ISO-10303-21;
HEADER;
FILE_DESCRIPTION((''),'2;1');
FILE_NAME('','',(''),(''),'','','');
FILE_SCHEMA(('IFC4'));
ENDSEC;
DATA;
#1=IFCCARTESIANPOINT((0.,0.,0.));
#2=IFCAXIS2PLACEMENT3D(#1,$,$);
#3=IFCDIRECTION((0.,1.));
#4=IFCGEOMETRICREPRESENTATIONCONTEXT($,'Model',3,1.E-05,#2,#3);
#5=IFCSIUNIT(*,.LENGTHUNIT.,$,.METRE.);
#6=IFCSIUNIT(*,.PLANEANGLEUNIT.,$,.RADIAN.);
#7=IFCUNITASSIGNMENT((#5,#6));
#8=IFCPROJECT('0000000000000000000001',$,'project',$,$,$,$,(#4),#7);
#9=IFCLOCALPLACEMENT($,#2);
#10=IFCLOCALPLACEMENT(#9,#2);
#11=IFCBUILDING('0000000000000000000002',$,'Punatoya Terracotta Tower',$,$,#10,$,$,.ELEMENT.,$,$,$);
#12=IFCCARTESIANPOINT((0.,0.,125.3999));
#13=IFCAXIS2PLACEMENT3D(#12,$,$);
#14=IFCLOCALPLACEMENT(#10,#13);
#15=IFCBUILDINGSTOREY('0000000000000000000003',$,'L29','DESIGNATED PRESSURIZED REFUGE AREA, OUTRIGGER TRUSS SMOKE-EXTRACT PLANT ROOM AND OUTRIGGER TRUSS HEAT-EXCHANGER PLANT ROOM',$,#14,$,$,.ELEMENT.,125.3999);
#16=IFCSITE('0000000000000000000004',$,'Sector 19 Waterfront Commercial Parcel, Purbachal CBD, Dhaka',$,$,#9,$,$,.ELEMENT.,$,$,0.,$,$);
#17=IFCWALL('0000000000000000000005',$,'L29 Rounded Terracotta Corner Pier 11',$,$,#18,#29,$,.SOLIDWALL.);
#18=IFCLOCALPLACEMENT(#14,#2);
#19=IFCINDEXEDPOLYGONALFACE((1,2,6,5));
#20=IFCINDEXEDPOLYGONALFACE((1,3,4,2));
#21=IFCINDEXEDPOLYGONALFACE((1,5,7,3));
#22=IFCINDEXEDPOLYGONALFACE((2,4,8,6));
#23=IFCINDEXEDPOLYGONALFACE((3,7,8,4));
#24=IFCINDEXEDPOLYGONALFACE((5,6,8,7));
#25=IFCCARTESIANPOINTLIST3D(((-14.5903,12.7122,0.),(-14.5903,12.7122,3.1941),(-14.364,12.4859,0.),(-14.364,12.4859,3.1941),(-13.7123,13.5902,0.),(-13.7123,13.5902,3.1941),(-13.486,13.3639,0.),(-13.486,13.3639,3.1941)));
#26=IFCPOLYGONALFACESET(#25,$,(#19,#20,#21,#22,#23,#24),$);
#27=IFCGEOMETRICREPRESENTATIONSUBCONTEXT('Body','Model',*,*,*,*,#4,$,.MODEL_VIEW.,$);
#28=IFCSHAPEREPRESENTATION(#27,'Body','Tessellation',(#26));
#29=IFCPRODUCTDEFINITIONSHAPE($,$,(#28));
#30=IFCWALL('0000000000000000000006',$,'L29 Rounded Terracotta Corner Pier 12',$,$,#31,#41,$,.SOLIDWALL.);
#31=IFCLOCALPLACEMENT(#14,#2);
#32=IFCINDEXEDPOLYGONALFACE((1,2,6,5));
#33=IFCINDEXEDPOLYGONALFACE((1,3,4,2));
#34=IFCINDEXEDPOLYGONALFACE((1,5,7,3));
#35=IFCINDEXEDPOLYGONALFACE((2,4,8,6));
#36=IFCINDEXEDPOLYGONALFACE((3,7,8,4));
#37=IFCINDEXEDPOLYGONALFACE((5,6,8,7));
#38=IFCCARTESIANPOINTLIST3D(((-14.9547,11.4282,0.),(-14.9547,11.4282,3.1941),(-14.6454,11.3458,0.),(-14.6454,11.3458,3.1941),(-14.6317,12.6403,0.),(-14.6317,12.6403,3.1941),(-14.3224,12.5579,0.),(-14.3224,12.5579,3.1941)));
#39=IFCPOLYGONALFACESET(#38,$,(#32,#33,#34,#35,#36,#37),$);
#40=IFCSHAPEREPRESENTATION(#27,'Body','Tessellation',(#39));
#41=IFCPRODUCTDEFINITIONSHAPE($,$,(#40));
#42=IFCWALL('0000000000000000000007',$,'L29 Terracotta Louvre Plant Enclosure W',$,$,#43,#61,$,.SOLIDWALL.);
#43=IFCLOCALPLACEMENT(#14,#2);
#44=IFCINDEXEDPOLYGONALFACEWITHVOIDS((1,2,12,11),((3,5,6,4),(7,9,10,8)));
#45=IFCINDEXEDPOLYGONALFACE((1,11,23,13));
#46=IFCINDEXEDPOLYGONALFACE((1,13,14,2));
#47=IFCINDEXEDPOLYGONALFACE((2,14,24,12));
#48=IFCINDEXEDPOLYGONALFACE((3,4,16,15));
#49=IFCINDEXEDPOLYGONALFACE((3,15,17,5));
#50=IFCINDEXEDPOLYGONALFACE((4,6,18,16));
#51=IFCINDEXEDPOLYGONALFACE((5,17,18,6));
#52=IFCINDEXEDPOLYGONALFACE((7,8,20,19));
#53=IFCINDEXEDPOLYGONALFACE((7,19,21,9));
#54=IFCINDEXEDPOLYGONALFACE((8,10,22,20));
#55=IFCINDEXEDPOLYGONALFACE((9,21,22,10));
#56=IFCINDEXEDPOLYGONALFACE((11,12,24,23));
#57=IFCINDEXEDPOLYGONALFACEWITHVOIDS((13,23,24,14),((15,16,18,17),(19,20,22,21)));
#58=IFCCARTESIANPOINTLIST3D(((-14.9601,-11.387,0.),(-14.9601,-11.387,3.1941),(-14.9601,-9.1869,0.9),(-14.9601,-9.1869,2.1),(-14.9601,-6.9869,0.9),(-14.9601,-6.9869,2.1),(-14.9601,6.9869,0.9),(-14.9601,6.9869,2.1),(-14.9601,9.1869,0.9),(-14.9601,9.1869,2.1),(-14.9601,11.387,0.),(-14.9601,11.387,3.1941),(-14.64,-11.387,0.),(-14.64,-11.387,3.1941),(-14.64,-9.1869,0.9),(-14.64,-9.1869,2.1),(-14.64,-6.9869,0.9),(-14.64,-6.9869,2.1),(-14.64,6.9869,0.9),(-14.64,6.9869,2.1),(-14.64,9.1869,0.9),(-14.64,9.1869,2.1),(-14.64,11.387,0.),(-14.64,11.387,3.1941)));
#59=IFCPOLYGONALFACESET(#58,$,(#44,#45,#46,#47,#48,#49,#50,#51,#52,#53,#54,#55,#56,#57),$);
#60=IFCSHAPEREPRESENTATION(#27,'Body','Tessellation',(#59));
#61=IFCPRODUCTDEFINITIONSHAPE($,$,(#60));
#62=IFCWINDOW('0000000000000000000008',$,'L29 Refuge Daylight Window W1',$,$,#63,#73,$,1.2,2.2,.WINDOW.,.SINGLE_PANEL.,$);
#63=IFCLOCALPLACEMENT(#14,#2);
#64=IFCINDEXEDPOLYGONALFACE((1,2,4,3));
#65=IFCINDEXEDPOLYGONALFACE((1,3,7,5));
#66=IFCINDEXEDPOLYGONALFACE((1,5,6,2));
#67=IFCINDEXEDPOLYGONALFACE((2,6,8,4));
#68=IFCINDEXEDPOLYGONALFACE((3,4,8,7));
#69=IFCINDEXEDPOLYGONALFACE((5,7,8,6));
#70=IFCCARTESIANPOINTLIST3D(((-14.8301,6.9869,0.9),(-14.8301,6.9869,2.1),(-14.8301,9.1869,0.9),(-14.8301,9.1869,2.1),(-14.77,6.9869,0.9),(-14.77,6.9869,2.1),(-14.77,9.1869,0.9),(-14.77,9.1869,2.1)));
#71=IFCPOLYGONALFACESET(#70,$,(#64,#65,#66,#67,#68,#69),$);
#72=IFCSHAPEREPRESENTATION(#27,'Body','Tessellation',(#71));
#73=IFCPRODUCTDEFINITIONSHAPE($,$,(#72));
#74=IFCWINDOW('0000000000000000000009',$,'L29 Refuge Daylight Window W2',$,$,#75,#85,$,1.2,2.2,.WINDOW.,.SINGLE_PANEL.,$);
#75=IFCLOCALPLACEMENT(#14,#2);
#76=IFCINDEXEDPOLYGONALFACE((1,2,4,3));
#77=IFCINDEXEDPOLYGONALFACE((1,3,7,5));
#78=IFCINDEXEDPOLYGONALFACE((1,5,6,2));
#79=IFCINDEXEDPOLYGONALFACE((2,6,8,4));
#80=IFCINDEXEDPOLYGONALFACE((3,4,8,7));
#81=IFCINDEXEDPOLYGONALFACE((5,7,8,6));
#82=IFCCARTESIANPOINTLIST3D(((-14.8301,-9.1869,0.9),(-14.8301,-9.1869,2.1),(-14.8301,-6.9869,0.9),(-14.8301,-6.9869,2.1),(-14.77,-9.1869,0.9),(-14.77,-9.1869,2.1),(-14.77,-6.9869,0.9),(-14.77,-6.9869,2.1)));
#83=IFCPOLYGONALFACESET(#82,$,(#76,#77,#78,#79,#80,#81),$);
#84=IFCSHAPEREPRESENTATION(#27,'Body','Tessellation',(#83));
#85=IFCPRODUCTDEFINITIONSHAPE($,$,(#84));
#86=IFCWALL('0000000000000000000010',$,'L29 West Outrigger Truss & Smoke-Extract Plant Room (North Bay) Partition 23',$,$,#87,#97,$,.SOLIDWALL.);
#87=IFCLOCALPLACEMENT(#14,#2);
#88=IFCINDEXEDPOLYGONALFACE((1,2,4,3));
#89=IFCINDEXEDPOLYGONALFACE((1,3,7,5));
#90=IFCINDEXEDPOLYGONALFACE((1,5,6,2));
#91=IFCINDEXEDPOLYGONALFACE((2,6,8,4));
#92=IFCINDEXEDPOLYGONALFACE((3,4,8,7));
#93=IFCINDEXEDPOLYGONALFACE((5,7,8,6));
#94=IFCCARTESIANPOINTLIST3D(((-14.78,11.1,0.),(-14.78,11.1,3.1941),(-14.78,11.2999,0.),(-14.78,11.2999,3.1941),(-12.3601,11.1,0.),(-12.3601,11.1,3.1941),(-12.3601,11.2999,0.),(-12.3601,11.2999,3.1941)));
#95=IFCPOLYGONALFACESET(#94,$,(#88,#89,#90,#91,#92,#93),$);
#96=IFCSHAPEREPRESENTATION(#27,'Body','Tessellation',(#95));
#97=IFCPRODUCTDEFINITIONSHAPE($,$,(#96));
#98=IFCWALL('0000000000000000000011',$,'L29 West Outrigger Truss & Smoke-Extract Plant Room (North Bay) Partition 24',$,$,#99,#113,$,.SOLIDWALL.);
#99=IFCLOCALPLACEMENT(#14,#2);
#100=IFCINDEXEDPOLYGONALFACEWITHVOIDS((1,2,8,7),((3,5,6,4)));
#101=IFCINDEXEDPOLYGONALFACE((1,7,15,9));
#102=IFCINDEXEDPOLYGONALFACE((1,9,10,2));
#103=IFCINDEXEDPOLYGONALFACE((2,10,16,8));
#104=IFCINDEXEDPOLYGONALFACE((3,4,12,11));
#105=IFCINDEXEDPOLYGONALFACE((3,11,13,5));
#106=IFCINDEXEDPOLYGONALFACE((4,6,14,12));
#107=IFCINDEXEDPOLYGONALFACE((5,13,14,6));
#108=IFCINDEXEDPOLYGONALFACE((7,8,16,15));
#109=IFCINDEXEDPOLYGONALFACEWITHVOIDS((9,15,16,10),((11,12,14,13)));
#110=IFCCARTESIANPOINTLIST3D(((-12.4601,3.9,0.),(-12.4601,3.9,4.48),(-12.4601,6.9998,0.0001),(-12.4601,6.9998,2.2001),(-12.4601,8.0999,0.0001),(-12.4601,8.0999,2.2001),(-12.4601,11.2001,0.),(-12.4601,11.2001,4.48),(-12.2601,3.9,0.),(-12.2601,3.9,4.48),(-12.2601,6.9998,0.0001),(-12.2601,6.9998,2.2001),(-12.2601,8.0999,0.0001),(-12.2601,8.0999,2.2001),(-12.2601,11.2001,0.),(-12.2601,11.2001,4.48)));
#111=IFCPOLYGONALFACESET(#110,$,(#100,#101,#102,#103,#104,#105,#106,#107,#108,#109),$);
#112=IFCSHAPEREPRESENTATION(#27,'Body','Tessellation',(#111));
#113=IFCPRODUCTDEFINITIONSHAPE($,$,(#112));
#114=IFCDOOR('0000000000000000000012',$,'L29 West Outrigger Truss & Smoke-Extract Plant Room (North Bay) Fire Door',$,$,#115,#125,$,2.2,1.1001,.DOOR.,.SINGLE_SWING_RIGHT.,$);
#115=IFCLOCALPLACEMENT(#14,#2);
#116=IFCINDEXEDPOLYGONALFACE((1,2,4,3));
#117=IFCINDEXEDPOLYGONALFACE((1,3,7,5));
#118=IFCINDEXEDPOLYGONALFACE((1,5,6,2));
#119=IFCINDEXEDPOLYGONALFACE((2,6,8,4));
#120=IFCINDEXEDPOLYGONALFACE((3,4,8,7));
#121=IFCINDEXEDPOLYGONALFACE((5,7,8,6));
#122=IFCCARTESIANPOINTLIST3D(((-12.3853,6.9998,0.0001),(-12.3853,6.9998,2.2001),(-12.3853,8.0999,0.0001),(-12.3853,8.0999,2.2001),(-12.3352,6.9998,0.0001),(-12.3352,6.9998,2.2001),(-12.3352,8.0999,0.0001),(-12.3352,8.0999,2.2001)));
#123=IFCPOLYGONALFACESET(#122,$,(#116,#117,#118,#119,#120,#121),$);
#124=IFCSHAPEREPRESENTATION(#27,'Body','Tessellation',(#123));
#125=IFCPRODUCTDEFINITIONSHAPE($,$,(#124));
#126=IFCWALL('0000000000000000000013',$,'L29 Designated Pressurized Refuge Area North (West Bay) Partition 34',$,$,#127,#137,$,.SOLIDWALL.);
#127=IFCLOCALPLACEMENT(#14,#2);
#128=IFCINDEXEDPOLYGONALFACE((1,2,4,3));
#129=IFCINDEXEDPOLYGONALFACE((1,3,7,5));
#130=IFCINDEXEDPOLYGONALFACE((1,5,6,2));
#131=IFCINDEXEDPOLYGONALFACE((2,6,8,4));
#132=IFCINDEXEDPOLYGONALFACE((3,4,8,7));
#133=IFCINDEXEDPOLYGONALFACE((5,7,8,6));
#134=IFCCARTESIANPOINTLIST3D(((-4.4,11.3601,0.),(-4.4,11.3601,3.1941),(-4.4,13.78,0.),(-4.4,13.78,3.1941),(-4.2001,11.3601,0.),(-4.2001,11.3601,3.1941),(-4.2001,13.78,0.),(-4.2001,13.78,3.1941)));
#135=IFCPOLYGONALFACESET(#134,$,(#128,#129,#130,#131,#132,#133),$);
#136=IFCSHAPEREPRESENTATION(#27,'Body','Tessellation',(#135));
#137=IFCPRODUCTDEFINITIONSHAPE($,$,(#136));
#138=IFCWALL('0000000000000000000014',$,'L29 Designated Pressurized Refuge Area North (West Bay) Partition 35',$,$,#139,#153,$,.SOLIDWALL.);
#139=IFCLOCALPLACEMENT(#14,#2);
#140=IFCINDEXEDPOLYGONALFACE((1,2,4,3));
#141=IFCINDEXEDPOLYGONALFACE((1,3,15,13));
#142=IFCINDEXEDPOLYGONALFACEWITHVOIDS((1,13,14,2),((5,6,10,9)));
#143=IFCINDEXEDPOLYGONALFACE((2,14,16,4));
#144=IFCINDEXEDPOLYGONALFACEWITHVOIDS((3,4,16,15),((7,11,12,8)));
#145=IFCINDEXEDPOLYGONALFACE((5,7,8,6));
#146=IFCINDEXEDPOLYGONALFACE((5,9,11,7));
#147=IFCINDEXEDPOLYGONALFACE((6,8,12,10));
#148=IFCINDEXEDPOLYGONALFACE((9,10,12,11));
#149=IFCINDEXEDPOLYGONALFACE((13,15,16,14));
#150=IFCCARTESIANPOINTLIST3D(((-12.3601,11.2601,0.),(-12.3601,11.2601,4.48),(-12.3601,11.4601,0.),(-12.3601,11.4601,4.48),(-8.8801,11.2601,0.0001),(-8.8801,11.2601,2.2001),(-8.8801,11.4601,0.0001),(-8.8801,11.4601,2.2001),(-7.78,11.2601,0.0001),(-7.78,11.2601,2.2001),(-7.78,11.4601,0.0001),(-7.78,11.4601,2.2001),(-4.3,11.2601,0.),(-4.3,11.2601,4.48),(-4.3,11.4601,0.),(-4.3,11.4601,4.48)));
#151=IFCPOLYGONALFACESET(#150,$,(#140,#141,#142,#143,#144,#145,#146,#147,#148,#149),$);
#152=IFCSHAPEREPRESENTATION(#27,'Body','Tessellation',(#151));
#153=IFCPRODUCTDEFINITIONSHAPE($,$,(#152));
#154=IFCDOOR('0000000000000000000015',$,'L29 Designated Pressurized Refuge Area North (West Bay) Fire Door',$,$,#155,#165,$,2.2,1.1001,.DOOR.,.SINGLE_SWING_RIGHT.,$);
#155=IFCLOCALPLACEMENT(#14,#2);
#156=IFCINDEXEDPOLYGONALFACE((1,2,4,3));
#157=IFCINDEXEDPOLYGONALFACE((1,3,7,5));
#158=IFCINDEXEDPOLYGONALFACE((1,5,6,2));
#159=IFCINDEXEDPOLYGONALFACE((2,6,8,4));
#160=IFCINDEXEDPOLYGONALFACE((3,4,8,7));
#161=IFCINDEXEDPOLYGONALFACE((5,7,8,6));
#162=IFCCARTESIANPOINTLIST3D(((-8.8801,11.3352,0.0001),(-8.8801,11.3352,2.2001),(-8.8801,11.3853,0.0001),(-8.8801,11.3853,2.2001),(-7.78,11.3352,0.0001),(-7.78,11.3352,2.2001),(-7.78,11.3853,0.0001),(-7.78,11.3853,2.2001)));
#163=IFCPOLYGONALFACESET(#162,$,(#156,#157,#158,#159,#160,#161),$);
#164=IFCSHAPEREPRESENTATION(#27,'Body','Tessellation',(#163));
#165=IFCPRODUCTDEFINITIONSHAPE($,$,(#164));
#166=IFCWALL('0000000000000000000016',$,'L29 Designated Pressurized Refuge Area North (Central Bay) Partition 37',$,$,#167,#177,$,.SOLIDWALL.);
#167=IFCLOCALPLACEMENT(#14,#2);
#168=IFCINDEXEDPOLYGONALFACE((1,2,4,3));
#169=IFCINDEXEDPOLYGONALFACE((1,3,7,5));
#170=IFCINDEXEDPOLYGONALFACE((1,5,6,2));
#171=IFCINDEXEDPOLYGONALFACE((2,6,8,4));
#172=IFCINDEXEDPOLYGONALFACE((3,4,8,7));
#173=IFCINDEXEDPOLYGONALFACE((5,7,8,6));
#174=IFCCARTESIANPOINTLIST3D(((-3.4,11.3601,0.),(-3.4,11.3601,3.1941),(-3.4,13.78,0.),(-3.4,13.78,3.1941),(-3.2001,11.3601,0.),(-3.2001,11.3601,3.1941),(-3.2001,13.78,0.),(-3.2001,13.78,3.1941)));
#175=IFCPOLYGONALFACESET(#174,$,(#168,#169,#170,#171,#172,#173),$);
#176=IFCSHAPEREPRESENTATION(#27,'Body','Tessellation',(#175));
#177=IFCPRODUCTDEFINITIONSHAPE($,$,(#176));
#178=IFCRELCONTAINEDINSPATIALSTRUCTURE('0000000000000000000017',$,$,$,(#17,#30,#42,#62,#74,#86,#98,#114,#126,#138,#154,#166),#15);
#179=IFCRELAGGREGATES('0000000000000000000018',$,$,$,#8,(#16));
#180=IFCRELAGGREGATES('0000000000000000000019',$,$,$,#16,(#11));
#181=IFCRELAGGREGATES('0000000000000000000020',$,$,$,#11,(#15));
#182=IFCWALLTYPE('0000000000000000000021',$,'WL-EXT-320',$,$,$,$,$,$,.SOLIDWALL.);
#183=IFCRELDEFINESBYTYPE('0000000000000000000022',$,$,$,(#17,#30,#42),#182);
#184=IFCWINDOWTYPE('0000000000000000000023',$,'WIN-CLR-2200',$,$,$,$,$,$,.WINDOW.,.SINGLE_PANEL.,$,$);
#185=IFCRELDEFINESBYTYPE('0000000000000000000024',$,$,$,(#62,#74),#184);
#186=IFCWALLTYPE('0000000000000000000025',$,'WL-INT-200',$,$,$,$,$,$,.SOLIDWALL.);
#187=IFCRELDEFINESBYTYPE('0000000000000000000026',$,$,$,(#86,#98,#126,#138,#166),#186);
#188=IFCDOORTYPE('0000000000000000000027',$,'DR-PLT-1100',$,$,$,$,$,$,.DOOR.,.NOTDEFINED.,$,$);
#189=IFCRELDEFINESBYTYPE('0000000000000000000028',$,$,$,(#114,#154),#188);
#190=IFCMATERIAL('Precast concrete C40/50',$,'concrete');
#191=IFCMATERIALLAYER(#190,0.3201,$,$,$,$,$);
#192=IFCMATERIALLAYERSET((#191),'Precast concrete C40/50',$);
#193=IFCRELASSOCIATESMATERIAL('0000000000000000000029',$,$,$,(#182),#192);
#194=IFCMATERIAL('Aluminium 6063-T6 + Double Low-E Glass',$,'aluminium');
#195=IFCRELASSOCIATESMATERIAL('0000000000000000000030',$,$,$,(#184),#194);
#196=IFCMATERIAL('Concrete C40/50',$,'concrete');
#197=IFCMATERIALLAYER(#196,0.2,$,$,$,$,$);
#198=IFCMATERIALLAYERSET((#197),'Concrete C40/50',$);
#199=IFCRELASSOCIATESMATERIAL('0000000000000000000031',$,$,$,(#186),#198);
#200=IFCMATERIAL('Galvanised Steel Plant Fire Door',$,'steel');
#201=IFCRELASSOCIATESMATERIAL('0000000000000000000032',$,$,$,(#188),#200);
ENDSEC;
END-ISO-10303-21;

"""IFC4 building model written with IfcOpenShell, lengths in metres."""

from ifc_helpers import new_model, si_unit, direction, frame, frame_2d, origin, place, context, subcontext, project, spatial, rectangle, extrude, material, layer, layer_set, type_object, element, fill, save


model = new_model("IFC4")

# Units and contexts
model_context = context("Model", 3, precision=1e-05, world=origin(), true_north=direction((0.0, 1.0)))
body_context = subcontext(model_context, "Body", "Model", "MODEL_VIEW")
ifc_project = project(units=[si_unit("LENGTHUNIT", "METRE"), si_unit("PLANEANGLEUNIT", "RADIAN")], contexts=[model_context])

# Site, building, storey
site_placement = place(None, origin())
site = spatial("IfcSite", under=ifc_project, at=site_placement, Name="Sector 19 Waterfront Commercial Parcel, Purbachal CBD, Dhaka", CompositionType="ELEMENT", RefElevation=0.0)
building_placement = place(site_placement, origin())
building = spatial("IfcBuilding", under=site, at=building_placement, Name="Punatoya Terracotta Tower", CompositionType="ELEMENT")
storey_placement = place(building_placement, frame((0.0, 0.0, 125.3999)))
storey = spatial("IfcBuildingStorey", under=building, at=storey_placement, Name="L29", Description="DESIGNATED PRESSURIZED REFUGE AREA, OUTRIGGER TRUSS SMOKE-EXTRACT PLANT ROOM AND OUTRIGGER TRUSS HEAT-EXCHANGER PLANT ROOM", CompositionType="ELEMENT", Elevation=125.3999)

# Walls
ifc_material_1 = material(Name="Precast concrete C40/50", Category="concrete")
ifc_layer_1 = layer(ifc_material_1, 0.3201)
ifc_layer_set_1 = layer_set([ifc_layer_1], Name="Precast concrete C40/50")
wall_type_1 = type_object("IfcWallType", Name="WL-EXT-320", PredefinedType="SOLIDWALL", material=ifc_layer_set_1)
wall_1_placement = place(storey_placement, frame((-13.5991, 13.4771, 0.0), z_axis=(0.0, 0.0, 1.0), x_axis=(-0.707107, -0.707107, 0.0)))
element("IfcWall", 1, at=wall_1_placement, inside=storey, type_object=wall_type_1, Name="L29 Rounded Terracotta Corner Pier 11", PredefinedType="SOLIDWALL", context=body_context, shape_type="SweptSolid", body=[
    extrude(rectangle(XDim=1.2417, YDim=0.3201, at=frame_2d((0.6208, 0.0))), origin(), (0.0, 0.0, 1.0), 3.1941),
])
wall_2_placement = place(storey_placement, frame((-14.4771, 12.5991, 0.0), z_axis=(0.0, 0.0, 1.0), x_axis=(-0.257481, -0.966283, 0.0)))
element("IfcWall", 2, at=wall_2_placement, inside=storey, type_object=wall_type_1, Name="L29 Rounded Terracotta Corner Pier 12", PredefinedType="SOLIDWALL", context=body_context, shape_type="SweptSolid", body=[
    extrude(rectangle(XDim=1.2544, YDim=0.3201, at=frame_2d((0.6272, 0.0))), origin(), (0.0, 0.0, 1.0), 3.1941),
])

# Wall, openings, windows
wall_3_placement = place(storey_placement, frame((-14.8, 11.387, 0.0), z_axis=(0.0, 0.0, 1.0), x_axis=(0.0, -1.0, 0.0)))
wall_3 = element("IfcWall", 3, at=wall_3_placement, inside=storey, type_object=wall_type_1, Name="L29 Terracotta Louvre Plant Enclosure W", PredefinedType="SOLIDWALL", context=body_context, shape_type="SweptSolid", body=[
    extrude(rectangle(XDim=22.7739, YDim=0.3201, at=frame_2d((11.387, 0.0))), origin(), (0.0, 0.0, 1.0), 3.1941),
])
opening_1_placement = place(wall_3_placement, frame((2.2, 0.0, 0.8999)))
opening_1 = element("IfcOpeningElement", 4, at=opening_1_placement, cuts=wall_3, PredefinedType="OPENING", context=body_context, shape_type="SweptSolid", body=[
    extrude(rectangle(XDim=2.2, YDim=1.2, at=frame_2d((1.1001, 0.6001))), frame((0.0, 0.1699, 0.0), z_axis=(0.0, -1.0, 0.0), x_axis=(1.0, 0.0, 0.0)), (0.0, 0.0, 1.0), 0.3401),
])
opening_2_placement = place(wall_3_placement, frame((18.3738, 0.0, 0.8999)))
opening_2 = element("IfcOpeningElement", 5, at=opening_2_placement, cuts=wall_3, PredefinedType="OPENING", context=body_context, shape_type="SweptSolid", body=[
    extrude(rectangle(XDim=2.2, YDim=1.2, at=frame_2d((1.1001, 0.6001))), frame((0.0, 0.1699, 0.0), z_axis=(0.0, -1.0, 0.0), x_axis=(1.0, 0.0, 0.0)), (0.0, 0.0, 1.0), 0.3401),
])
ifc_material_2 = material(Name="Aluminium 6063-T6 + Double Low-E Glass", Category="aluminium")
window_type = type_object("IfcWindowType", Name="WIN-CLR-2200", PartitioningType="SINGLE_PANEL", PredefinedType="WINDOW", material=ifc_material_2)
window_1_placement = place(opening_1_placement, origin())
window_1 = element("IfcWindow", 6, at=window_1_placement, inside=storey, type_object=window_type, Name="L29 Refuge Daylight Window W1", OverallHeight=1.2, OverallWidth=2.2, PartitioningType="SINGLE_PANEL", PredefinedType="WINDOW", context=body_context, shape_type="SweptSolid", body=[
    extrude(rectangle(XDim=2.2, YDim=1.2, at=frame_2d((1.1001, 0.6001))), frame((0.0, 0.03, 0.0), z_axis=(0.0, -1.0, 0.0), x_axis=(1.0, 0.0, 0.0)), (0.0, 0.0, 1.0), 0.0601),
])
fill(opening_1, window_1)
window_2_placement = place(opening_2_placement, origin())
window_2 = element("IfcWindow", 7, at=window_2_placement, inside=storey, type_object=window_type, Name="L29 Refuge Daylight Window W2", OverallHeight=1.2, OverallWidth=2.2, PartitioningType="SINGLE_PANEL", PredefinedType="WINDOW", context=body_context, shape_type="SweptSolid", body=[
    extrude(rectangle(XDim=2.2, YDim=1.2, at=frame_2d((1.1001, 0.6001))), frame((0.0, 0.03, 0.0), z_axis=(0.0, -1.0, 0.0), x_axis=(1.0, 0.0, 0.0)), (0.0, 0.0, 1.0), 0.0601),
])
fill(opening_2, window_2)

# Wall
ifc_material_3 = material(Name="Concrete C40/50", Category="concrete")
ifc_layer_2 = layer(ifc_material_3, 0.2)
ifc_layer_set_2 = layer_set([ifc_layer_2], Name="Concrete C40/50")
wall_type_2 = type_object("IfcWallType", Name="WL-INT-200", PredefinedType="SOLIDWALL", material=ifc_layer_set_2)
wall_4_placement = place(storey_placement, frame((-14.78, 11.2, 0.0), z_axis=(0.0, 0.0, 1.0), x_axis=(1.0, 0.0, 0.0)))
element("IfcWall", 8, at=wall_4_placement, inside=storey, type_object=wall_type_2, Name="L29 West Outrigger Truss & Smoke-Extract Plant Room (North Bay) Partition 23", PredefinedType="SOLIDWALL", context=body_context, shape_type="SweptSolid", body=[
    extrude(rectangle(XDim=2.4199, YDim=0.2, at=frame_2d((1.21, 0.0))), origin(), (0.0, 0.0, 1.0), 3.1941),
])

# Wall, opening, door
wall_5_placement = place(storey_placement, frame((-12.3601, 11.2, 0.0), z_axis=(0.0, 0.0, 1.0), x_axis=(0.0, -1.0, 0.0)))
wall_5 = element("IfcWall", 9, at=wall_5_placement, inside=storey, type_object=wall_type_2, Name="L29 West Outrigger Truss & Smoke-Extract Plant Room (North Bay) Partition 24", PredefinedType="SOLIDWALL", context=body_context, shape_type="SweptSolid", body=[
    extrude(rectangle(XDim=7.3, YDim=0.2, at=frame_2d((3.6499, 0.0))), origin(), (0.0, 0.0, 1.0), 4.48),
])
opening_3_placement = place(wall_5_placement, frame((3.1001, 0.0, 0.0)))
opening_3 = element("IfcOpeningElement", 10, at=opening_3_placement, cuts=wall_5, PredefinedType="OPENING", context=body_context, shape_type="SweptSolid", body=[
    extrude(rectangle(XDim=1.1001, YDim=2.2, at=frame_2d((0.55, 1.1001))), frame((0.0, 0.1099, 0.0), z_axis=(0.0, -1.0, 0.0), x_axis=(1.0, 0.0, 0.0)), (0.0, 0.0, 1.0), 0.22),
])
ifc_material_4 = material(Name="Galvanised Steel Plant Fire Door", Category="steel")
door_type = type_object("IfcDoorType", Name="DR-PLT-1100", OperationType="NOTDEFINED", PredefinedType="DOOR", material=ifc_material_4)
door_1_placement = place(opening_3_placement, origin())
door_1 = element("IfcDoor", 11, at=door_1_placement, inside=storey, type_object=door_type, Name="L29 West Outrigger Truss & Smoke-Extract Plant Room (North Bay) Fire Door", OperationType="SINGLE_SWING_RIGHT", OverallHeight=2.2, OverallWidth=1.1001, PredefinedType="DOOR", context=body_context, shape_type="SweptSolid", body=[
    extrude(rectangle(XDim=1.1001, YDim=2.2, at=frame_2d((0.55, 1.1001))), frame((0.0, 0.0249, 0.0), z_axis=(0.0, -1.0, 0.0), x_axis=(1.0, 0.0, 0.0)), (0.0, 0.0, 1.0), 0.05),
])
fill(opening_3, door_1)

# Wall
wall_6_placement = place(storey_placement, frame((-4.3, 13.78, 0.0), z_axis=(0.0, 0.0, 1.0), x_axis=(0.0, -1.0, 0.0)))
element("IfcWall", 12, at=wall_6_placement, inside=storey, type_object=wall_type_2, Name="L29 Designated Pressurized Refuge Area North (West Bay) Partition 34", PredefinedType="SOLIDWALL", context=body_context, shape_type="SweptSolid", body=[
    extrude(rectangle(XDim=2.4199, YDim=0.2, at=frame_2d((1.21, 0.0))), origin(), (0.0, 0.0, 1.0), 3.1941),
])

# Wall, opening, door
wall_7_placement = place(storey_placement, frame((-4.3, 11.3601, 0.0), z_axis=(0.0, 0.0, 1.0), x_axis=(-1.0, 0.0, 0.0)))
wall_7 = element("IfcWall", 13, at=wall_7_placement, inside=storey, type_object=wall_type_2, Name="L29 Designated Pressurized Refuge Area North (West Bay) Partition 35", PredefinedType="SOLIDWALL", context=body_context, shape_type="SweptSolid", body=[
    extrude(rectangle(XDim=8.0601, YDim=0.2, at=frame_2d((4.03, 0.0))), origin(), (0.0, 0.0, 1.0), 4.48),
])
opening_4_placement = place(wall_7_placement, frame((3.48, 0.0, 0.0)))
opening_4 = element("IfcOpeningElement", 14, at=opening_4_placement, cuts=wall_7, PredefinedType="OPENING", context=body_context, shape_type="SweptSolid", body=[
    extrude(rectangle(XDim=1.1001, YDim=2.2, at=frame_2d((0.55, 1.1001))), frame((0.0, 0.1099, 0.0), z_axis=(0.0, -1.0, 0.0), x_axis=(1.0, 0.0, 0.0)), (0.0, 0.0, 1.0), 0.22),
])
door_2_placement = place(opening_4_placement, origin())
door_2 = element("IfcDoor", 15, at=door_2_placement, inside=storey, type_object=door_type, Name="L29 Designated Pressurized Refuge Area North (West Bay) Fire Door", OperationType="SINGLE_SWING_RIGHT", OverallHeight=2.2, OverallWidth=1.1001, PredefinedType="DOOR", context=body_context, shape_type="SweptSolid", body=[
    extrude(rectangle(XDim=1.1001, YDim=2.2, at=frame_2d((0.55, 1.1001))), frame((0.0, 0.0249, 0.0), z_axis=(0.0, -1.0, 0.0), x_axis=(1.0, 0.0, 0.0)), (0.0, 0.0, 1.0), 0.05),
])
fill(opening_4, door_2)

# Wall
wall_8_placement = place(storey_placement, frame((-3.3, 11.3601, 0.0), z_axis=(0.0, 0.0, 1.0), x_axis=(0.0, 1.0, 0.0)))
element("IfcWall", 16, at=wall_8_placement, inside=storey, type_object=wall_type_2, Name="L29 Designated Pressurized Refuge Area North (Central Bay) Partition 37", PredefinedType="SOLIDWALL", context=body_context, shape_type="SweptSolid", body=[
    extrude(rectangle(XDim=2.4199, YDim=0.2, at=frame_2d((1.21, 0.0))), origin(), (0.0, 0.0, 1.0), 3.1941),
])

save(model, "model.ifc")
